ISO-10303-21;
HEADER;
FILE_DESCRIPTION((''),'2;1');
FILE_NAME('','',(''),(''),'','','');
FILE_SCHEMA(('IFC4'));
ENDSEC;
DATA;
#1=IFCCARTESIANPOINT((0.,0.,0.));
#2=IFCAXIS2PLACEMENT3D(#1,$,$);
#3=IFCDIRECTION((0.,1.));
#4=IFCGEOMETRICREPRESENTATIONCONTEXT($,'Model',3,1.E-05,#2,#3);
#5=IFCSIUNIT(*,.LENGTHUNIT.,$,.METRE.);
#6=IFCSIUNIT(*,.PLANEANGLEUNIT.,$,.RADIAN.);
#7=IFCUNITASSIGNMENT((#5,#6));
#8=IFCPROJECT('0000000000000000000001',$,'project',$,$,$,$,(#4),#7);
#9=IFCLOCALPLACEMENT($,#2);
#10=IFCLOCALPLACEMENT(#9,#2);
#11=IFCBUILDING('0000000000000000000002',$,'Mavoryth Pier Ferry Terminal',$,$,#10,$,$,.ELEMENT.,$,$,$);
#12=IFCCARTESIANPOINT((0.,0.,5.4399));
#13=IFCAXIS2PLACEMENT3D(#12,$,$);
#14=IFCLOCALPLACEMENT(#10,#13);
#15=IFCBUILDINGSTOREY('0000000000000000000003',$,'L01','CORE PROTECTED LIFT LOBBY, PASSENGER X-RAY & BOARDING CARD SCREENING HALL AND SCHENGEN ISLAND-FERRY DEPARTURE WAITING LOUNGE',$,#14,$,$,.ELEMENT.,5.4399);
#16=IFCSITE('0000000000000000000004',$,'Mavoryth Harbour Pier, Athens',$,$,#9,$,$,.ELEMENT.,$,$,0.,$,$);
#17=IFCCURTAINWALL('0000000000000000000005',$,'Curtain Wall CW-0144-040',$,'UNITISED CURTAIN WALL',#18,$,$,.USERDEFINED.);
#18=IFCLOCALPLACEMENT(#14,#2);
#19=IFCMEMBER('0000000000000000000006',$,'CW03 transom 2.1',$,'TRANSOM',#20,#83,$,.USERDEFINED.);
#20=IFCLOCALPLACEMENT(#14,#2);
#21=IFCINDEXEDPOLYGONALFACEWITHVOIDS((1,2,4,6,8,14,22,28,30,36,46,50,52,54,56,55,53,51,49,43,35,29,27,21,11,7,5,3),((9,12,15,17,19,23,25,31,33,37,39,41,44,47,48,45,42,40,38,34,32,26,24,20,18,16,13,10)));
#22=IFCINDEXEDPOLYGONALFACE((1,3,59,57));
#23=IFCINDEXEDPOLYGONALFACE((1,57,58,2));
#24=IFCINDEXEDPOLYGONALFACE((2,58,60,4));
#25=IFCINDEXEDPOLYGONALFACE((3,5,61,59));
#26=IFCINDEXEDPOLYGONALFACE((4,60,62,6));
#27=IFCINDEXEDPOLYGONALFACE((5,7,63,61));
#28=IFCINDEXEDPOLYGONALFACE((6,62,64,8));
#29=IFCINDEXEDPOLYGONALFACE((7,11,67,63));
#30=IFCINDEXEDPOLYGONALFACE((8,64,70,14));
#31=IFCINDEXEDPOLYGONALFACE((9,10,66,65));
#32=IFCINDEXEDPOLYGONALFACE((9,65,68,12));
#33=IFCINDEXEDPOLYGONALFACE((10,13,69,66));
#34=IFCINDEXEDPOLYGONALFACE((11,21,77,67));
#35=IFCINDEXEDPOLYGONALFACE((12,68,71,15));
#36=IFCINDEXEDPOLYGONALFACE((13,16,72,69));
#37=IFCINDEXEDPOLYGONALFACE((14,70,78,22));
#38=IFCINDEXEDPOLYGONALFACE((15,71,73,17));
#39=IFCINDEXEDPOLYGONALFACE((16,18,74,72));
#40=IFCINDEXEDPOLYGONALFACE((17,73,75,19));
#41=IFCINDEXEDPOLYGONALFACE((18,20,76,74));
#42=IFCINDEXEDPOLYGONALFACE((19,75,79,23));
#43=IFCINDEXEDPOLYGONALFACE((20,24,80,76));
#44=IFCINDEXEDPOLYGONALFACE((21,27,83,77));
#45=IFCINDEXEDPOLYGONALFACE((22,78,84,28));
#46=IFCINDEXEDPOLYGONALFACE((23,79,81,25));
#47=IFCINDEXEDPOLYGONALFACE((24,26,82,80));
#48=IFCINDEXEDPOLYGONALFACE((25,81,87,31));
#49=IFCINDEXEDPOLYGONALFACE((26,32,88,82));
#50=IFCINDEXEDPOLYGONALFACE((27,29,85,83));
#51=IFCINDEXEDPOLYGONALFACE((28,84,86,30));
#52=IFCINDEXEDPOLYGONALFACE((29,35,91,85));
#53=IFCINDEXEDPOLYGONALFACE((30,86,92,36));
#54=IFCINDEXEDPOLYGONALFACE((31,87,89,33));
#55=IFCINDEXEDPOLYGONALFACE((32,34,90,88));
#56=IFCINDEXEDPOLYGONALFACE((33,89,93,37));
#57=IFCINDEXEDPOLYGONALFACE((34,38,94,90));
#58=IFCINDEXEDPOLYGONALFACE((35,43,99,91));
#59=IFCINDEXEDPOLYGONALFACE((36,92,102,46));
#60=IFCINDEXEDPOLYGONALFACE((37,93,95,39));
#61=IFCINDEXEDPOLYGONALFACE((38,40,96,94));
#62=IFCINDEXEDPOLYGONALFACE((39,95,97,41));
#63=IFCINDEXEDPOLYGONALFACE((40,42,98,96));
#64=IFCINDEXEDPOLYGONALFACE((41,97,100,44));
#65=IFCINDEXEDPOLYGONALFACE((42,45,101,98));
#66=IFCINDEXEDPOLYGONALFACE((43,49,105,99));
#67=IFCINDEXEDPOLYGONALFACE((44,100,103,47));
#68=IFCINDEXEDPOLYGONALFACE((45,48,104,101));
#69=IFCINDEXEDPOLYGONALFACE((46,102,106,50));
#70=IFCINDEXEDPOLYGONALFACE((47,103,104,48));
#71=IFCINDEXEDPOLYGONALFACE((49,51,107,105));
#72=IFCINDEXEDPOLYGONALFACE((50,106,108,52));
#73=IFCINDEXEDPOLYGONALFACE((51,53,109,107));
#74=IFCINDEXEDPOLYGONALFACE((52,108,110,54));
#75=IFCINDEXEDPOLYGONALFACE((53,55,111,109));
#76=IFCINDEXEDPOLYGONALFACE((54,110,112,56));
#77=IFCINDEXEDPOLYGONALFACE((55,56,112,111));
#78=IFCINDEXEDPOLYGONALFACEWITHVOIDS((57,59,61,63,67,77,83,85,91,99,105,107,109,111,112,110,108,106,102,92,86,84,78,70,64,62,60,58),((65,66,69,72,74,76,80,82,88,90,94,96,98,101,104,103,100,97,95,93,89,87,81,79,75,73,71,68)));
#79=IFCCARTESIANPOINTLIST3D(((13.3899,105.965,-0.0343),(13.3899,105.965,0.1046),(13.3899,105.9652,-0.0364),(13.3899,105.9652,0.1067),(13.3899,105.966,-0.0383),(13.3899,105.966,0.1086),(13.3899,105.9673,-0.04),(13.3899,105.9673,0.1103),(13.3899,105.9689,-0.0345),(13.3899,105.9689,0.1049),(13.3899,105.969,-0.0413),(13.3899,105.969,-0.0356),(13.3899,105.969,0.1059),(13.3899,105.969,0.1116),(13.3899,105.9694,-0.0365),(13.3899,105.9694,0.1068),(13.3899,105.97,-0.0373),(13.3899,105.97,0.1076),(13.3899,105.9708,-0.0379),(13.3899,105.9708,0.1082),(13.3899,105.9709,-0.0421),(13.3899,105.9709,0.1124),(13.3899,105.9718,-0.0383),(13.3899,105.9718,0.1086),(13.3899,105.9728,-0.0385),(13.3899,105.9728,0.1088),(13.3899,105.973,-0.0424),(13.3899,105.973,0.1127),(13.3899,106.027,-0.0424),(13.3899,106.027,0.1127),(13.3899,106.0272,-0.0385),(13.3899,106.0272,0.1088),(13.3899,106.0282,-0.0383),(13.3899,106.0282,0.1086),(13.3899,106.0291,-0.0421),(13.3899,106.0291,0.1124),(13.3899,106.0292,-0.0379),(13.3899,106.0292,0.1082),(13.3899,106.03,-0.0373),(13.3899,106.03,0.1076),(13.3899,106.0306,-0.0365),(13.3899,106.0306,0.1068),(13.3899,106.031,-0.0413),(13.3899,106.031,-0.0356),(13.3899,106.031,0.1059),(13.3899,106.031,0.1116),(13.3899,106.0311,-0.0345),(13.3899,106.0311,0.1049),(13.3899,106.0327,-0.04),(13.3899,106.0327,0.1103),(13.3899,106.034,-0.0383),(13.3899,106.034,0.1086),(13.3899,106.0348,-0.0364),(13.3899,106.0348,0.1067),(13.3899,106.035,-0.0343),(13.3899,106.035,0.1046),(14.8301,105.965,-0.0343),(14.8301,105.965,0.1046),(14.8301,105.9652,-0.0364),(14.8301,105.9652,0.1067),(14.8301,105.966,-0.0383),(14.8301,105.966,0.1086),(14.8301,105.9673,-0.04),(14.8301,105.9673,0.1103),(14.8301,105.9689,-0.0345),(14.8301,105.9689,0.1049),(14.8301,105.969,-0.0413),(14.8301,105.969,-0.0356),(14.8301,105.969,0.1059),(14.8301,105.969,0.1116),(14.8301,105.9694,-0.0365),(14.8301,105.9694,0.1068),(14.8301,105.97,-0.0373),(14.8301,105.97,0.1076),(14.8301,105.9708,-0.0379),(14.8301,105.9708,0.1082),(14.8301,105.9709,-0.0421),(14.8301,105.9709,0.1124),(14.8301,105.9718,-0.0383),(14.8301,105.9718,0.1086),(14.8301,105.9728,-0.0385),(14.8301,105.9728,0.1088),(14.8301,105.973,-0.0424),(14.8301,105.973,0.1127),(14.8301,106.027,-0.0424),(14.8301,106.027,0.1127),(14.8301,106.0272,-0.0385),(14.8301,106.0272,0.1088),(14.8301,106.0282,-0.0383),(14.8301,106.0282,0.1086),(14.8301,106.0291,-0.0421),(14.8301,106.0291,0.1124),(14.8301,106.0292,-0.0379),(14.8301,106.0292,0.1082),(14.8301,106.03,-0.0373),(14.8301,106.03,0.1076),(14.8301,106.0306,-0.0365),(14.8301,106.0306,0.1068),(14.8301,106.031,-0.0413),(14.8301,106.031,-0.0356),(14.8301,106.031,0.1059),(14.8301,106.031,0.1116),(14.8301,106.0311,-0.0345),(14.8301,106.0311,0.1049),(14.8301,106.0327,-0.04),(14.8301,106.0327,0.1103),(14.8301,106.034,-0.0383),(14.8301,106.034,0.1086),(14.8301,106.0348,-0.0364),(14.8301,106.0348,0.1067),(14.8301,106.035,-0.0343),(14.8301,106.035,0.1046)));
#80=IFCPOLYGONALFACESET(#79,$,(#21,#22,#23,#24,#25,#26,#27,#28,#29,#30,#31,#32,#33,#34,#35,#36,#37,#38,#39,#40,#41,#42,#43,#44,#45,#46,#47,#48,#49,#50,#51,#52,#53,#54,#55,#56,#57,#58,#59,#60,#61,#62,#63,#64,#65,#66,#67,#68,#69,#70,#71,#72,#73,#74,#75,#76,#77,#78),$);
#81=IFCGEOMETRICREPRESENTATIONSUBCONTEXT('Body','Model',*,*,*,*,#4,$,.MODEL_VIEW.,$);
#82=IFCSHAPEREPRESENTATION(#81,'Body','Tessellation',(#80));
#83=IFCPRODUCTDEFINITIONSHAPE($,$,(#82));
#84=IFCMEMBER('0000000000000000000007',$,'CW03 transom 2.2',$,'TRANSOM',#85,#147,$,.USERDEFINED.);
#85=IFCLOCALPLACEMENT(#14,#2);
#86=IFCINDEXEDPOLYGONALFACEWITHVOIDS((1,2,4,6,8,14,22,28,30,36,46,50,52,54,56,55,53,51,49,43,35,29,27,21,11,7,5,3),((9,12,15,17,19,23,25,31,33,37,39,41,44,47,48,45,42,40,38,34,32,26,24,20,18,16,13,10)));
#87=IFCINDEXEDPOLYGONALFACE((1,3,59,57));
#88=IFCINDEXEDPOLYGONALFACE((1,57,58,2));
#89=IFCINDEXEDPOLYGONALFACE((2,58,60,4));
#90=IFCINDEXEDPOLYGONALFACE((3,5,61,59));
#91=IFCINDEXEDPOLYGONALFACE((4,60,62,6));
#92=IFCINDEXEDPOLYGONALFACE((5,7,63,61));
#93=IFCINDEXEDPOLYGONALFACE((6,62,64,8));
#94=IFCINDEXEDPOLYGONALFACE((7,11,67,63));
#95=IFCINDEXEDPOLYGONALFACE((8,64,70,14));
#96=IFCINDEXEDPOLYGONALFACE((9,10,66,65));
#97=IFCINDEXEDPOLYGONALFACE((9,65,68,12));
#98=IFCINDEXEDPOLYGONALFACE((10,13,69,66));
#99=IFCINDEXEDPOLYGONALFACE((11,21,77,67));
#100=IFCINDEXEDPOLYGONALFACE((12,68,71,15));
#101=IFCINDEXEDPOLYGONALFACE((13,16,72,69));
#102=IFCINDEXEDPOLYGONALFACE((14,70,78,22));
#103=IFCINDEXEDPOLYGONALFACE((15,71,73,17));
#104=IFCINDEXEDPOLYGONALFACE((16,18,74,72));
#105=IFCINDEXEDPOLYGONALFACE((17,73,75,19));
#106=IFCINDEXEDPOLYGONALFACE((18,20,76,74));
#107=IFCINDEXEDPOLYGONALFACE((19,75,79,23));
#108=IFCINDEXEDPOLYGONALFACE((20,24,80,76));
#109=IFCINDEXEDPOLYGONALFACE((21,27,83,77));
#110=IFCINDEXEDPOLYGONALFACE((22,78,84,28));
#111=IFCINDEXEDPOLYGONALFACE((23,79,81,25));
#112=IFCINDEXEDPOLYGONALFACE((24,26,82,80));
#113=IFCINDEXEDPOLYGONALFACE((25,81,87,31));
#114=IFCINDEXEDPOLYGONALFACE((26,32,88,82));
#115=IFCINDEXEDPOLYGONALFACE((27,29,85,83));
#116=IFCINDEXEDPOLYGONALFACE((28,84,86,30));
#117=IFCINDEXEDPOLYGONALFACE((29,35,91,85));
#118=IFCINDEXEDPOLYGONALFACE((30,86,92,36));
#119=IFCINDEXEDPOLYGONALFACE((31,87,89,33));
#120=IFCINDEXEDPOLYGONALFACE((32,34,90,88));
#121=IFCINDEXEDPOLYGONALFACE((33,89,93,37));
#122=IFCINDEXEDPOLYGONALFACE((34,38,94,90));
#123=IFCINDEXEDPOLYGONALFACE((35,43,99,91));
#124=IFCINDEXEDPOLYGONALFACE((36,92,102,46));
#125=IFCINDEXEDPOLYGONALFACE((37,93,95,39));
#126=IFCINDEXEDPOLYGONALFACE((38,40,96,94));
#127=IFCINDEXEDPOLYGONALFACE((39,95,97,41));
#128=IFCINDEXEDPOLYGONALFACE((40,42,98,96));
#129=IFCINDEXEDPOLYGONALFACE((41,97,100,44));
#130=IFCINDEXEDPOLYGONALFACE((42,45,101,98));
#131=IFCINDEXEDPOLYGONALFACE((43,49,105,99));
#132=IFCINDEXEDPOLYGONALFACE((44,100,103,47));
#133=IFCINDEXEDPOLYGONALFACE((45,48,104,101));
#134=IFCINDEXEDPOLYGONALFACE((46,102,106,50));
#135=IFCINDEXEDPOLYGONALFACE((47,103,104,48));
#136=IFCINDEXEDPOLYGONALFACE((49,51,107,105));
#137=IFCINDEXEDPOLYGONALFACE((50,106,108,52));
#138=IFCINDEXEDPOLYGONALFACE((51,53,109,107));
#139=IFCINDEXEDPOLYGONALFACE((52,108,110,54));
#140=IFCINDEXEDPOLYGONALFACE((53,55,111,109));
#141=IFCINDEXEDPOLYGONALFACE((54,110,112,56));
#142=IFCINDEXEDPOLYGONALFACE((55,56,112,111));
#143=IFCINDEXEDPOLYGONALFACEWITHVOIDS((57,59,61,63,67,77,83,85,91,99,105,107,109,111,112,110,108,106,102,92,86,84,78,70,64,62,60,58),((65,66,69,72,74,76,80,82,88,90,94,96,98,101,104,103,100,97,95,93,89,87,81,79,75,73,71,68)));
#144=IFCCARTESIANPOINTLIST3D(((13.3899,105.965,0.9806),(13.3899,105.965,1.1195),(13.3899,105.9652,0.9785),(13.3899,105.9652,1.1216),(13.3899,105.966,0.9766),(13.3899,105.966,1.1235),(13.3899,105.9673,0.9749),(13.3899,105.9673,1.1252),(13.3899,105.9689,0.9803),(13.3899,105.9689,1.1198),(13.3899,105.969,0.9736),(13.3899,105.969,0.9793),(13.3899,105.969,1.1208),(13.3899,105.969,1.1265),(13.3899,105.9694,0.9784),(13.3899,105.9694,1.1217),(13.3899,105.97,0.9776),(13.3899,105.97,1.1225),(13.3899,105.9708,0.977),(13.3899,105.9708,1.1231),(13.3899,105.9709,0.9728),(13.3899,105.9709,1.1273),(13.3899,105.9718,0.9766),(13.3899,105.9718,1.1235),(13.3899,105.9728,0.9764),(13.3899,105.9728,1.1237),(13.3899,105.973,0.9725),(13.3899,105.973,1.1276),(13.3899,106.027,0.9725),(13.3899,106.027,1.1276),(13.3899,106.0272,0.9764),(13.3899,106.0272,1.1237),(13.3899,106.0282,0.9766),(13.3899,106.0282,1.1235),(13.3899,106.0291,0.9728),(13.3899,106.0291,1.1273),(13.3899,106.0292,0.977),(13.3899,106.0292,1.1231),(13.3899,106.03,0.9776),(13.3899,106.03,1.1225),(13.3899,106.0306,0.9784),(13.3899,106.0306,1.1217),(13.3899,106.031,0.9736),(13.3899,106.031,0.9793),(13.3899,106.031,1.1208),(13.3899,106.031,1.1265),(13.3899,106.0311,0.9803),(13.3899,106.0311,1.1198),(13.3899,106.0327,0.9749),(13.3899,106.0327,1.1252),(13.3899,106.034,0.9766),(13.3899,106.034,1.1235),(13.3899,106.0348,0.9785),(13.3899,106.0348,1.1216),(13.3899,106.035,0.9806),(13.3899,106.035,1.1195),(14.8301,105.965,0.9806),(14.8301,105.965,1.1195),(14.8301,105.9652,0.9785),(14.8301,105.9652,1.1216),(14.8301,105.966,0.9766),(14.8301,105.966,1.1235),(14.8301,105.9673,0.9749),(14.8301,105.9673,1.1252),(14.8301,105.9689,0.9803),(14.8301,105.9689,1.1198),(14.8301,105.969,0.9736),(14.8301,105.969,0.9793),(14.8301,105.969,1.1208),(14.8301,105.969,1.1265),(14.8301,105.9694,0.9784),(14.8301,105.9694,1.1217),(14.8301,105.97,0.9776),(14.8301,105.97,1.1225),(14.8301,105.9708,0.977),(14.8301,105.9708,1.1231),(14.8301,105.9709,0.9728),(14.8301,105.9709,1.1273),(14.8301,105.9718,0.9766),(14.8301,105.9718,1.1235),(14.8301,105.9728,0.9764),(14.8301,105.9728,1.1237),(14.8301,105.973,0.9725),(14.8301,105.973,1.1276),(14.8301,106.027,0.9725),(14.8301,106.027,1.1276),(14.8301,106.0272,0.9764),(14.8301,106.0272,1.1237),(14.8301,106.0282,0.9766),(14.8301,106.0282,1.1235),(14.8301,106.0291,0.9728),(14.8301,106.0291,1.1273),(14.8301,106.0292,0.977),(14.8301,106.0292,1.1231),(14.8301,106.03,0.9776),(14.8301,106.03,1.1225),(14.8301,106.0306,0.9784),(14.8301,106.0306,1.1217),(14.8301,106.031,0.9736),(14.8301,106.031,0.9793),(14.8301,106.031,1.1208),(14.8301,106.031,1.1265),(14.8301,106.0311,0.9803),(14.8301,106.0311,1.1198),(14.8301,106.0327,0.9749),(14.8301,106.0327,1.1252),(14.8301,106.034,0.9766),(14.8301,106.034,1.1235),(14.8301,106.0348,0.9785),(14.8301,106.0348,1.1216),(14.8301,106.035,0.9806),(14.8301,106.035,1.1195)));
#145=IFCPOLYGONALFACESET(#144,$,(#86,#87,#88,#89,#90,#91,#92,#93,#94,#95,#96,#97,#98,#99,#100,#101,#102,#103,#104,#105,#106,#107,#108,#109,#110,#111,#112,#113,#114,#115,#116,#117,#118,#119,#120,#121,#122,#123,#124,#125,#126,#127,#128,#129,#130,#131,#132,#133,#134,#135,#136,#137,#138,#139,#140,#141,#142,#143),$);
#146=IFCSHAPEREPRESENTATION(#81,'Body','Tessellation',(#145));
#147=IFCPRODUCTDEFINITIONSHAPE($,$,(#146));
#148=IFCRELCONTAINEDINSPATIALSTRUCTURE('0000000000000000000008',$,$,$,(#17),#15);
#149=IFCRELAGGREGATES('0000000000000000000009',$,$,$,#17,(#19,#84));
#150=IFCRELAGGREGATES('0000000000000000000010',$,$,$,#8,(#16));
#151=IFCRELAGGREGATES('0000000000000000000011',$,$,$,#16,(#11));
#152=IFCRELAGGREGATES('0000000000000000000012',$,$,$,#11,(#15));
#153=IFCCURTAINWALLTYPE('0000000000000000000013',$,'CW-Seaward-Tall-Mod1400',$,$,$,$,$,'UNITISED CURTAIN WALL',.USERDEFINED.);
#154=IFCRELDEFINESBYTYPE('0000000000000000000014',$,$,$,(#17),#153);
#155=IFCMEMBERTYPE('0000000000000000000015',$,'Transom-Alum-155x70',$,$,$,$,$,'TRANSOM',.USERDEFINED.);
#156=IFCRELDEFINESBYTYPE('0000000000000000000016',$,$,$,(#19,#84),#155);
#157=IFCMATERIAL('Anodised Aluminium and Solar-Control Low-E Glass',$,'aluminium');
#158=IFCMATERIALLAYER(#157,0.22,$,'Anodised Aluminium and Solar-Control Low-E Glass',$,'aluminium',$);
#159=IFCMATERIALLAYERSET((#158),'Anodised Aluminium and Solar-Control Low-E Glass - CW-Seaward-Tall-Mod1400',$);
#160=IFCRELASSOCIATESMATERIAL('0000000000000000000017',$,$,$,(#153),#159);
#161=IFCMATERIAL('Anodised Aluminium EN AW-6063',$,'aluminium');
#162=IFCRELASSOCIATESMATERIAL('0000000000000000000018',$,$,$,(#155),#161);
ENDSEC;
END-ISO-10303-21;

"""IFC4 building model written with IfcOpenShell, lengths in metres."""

from ifc_helpers import new_model, si_unit, direction, frame, origin, origin_2d, place, context, subcontext, project, spatial, hollow_rectangle, extrude, material, layer, layer_set, material_profile, profile_set, type_object, element, aggregate, save


model = new_model("IFC4")

# Units and contexts
model_context = context("Model", 3, precision=1e-05, world=origin(), true_north=direction((0.0, 1.0)))
body_context = subcontext(model_context, "Body", "Model", "MODEL_VIEW")
ifc_project = project(units=[si_unit("LENGTHUNIT", "METRE"), si_unit("PLANEANGLEUNIT", "RADIAN")], contexts=[model_context])

# Site, building, storey
site_placement = place(None, origin())
site = spatial("IfcSite", under=ifc_project, at=site_placement, Name="Mavoryth Harbour Pier, Athens", CompositionType="ELEMENT", RefElevation=0.0)
building_placement = place(site_placement, origin())
building = spatial("IfcBuilding", under=site, at=building_placement, Name="Mavoryth Pier Ferry Terminal", CompositionType="ELEMENT")
storey_placement = place(building_placement, frame((0.0, 0.0, 5.4399)))
storey = spatial("IfcBuildingStorey", under=building, at=storey_placement, Name="L01", Description="CORE PROTECTED LIFT LOBBY, PASSENGER X-RAY & BOARDING CARD SCREENING HALL AND SCHENGEN ISLAND-FERRY DEPARTURE WAITING LOUNGE", CompositionType="ELEMENT", Elevation=5.4399)

# Curtain wall, members
ifc_material_1 = material(Name="Anodised Aluminium and Solar-Control Low-E Glass", Category="aluminium")
ifc_layer_1 = layer(ifc_material_1, 0.22, Name="Anodised Aluminium and Solar-Control Low-E Glass", Category="aluminium")
ifc_layer_set_1 = layer_set([ifc_layer_1], Name="Anodised Aluminium and Solar-Control Low-E Glass - CW-Seaward-Tall-Mod1400")
curtain_wall_type = type_object("IfcCurtainWallType", Name="CW-Seaward-Tall-Mod1400", ElementType="UNITISED CURTAIN WALL", PredefinedType="USERDEFINED", material=ifc_layer_set_1)
curtain_wall_placement = place(storey_placement, origin())
curtain_wall = element("IfcCurtainWall", 1, at=curtain_wall_placement, inside=storey, type_object=curtain_wall_type, Name="Curtain Wall CW-0144-040", ObjectType="UNITISED CURTAIN WALL", PredefinedType="USERDEFINED")
ifc_material_2 = material(Name="Anodised Aluminium EN AW-6063", Category="aluminium")
ifc_material_profile_1 = material_profile(ifc_material_2, hollow_rectangle(XDim=0.0701, YDim=0.155, WallThickness=0.0039, InnerFilletRadius=0.0039, OuterFilletRadius=0.0081, at=origin_2d()), Name="AL-TRAN 155x70x4", Category="aluminium")
ifc_profile_set_1 = profile_set([ifc_material_profile_1], Name="Anodised Aluminium EN AW-6063 - AL-TRAN 155x70x4")
member_type_1 = type_object("IfcMemberType", Name="Transom-Alum-155x70", ElementType="TRANSOM", PredefinedType="USERDEFINED", material=ifc_profile_set_1)
member_1_placement = place(storey_placement, frame((14.8301, 106.0, 0.0352), z_axis=(-1.0, 0.0, 0.0), x_axis=(0.0, -1.0, 0.0)))
member_1 = element("IfcMember", 2, at=member_1_placement, type_object=member_type_1, Name="CW03 transom 2.1", ObjectType="TRANSOM", PredefinedType="USERDEFINED", context=body_context, shape_type="SweptSolid", body=[
    extrude(hollow_rectangle(XDim=0.0701, YDim=0.155, WallThickness=0.0039, InnerFilletRadius=0.0039, OuterFilletRadius=0.0081, at=origin_2d()), origin(), (0.0, 0.0, 1.0), 1.4402),
])
member_2_placement = place(storey_placement, frame((14.8301, 106.0, 1.05), z_axis=(-1.0, 0.0, 0.0), x_axis=(0.0, -1.0, 0.0)))
member_2 = element("IfcMember", 3, at=member_2_placement, type_object=member_type_1, Name="CW03 transom 2.2", ObjectType="TRANSOM", PredefinedType="USERDEFINED", context=body_context, shape_type="SweptSolid", body=[
    extrude(hollow_rectangle(XDim=0.0701, YDim=0.155, WallThickness=0.0039, InnerFilletRadius=0.0039, OuterFilletRadius=0.0081, at=origin_2d()), origin(), (0.0, 0.0, 1.0), 1.4402),
])
aggregate(curtain_wall, [member_1, member_2])

save(model, "model.ifc")
